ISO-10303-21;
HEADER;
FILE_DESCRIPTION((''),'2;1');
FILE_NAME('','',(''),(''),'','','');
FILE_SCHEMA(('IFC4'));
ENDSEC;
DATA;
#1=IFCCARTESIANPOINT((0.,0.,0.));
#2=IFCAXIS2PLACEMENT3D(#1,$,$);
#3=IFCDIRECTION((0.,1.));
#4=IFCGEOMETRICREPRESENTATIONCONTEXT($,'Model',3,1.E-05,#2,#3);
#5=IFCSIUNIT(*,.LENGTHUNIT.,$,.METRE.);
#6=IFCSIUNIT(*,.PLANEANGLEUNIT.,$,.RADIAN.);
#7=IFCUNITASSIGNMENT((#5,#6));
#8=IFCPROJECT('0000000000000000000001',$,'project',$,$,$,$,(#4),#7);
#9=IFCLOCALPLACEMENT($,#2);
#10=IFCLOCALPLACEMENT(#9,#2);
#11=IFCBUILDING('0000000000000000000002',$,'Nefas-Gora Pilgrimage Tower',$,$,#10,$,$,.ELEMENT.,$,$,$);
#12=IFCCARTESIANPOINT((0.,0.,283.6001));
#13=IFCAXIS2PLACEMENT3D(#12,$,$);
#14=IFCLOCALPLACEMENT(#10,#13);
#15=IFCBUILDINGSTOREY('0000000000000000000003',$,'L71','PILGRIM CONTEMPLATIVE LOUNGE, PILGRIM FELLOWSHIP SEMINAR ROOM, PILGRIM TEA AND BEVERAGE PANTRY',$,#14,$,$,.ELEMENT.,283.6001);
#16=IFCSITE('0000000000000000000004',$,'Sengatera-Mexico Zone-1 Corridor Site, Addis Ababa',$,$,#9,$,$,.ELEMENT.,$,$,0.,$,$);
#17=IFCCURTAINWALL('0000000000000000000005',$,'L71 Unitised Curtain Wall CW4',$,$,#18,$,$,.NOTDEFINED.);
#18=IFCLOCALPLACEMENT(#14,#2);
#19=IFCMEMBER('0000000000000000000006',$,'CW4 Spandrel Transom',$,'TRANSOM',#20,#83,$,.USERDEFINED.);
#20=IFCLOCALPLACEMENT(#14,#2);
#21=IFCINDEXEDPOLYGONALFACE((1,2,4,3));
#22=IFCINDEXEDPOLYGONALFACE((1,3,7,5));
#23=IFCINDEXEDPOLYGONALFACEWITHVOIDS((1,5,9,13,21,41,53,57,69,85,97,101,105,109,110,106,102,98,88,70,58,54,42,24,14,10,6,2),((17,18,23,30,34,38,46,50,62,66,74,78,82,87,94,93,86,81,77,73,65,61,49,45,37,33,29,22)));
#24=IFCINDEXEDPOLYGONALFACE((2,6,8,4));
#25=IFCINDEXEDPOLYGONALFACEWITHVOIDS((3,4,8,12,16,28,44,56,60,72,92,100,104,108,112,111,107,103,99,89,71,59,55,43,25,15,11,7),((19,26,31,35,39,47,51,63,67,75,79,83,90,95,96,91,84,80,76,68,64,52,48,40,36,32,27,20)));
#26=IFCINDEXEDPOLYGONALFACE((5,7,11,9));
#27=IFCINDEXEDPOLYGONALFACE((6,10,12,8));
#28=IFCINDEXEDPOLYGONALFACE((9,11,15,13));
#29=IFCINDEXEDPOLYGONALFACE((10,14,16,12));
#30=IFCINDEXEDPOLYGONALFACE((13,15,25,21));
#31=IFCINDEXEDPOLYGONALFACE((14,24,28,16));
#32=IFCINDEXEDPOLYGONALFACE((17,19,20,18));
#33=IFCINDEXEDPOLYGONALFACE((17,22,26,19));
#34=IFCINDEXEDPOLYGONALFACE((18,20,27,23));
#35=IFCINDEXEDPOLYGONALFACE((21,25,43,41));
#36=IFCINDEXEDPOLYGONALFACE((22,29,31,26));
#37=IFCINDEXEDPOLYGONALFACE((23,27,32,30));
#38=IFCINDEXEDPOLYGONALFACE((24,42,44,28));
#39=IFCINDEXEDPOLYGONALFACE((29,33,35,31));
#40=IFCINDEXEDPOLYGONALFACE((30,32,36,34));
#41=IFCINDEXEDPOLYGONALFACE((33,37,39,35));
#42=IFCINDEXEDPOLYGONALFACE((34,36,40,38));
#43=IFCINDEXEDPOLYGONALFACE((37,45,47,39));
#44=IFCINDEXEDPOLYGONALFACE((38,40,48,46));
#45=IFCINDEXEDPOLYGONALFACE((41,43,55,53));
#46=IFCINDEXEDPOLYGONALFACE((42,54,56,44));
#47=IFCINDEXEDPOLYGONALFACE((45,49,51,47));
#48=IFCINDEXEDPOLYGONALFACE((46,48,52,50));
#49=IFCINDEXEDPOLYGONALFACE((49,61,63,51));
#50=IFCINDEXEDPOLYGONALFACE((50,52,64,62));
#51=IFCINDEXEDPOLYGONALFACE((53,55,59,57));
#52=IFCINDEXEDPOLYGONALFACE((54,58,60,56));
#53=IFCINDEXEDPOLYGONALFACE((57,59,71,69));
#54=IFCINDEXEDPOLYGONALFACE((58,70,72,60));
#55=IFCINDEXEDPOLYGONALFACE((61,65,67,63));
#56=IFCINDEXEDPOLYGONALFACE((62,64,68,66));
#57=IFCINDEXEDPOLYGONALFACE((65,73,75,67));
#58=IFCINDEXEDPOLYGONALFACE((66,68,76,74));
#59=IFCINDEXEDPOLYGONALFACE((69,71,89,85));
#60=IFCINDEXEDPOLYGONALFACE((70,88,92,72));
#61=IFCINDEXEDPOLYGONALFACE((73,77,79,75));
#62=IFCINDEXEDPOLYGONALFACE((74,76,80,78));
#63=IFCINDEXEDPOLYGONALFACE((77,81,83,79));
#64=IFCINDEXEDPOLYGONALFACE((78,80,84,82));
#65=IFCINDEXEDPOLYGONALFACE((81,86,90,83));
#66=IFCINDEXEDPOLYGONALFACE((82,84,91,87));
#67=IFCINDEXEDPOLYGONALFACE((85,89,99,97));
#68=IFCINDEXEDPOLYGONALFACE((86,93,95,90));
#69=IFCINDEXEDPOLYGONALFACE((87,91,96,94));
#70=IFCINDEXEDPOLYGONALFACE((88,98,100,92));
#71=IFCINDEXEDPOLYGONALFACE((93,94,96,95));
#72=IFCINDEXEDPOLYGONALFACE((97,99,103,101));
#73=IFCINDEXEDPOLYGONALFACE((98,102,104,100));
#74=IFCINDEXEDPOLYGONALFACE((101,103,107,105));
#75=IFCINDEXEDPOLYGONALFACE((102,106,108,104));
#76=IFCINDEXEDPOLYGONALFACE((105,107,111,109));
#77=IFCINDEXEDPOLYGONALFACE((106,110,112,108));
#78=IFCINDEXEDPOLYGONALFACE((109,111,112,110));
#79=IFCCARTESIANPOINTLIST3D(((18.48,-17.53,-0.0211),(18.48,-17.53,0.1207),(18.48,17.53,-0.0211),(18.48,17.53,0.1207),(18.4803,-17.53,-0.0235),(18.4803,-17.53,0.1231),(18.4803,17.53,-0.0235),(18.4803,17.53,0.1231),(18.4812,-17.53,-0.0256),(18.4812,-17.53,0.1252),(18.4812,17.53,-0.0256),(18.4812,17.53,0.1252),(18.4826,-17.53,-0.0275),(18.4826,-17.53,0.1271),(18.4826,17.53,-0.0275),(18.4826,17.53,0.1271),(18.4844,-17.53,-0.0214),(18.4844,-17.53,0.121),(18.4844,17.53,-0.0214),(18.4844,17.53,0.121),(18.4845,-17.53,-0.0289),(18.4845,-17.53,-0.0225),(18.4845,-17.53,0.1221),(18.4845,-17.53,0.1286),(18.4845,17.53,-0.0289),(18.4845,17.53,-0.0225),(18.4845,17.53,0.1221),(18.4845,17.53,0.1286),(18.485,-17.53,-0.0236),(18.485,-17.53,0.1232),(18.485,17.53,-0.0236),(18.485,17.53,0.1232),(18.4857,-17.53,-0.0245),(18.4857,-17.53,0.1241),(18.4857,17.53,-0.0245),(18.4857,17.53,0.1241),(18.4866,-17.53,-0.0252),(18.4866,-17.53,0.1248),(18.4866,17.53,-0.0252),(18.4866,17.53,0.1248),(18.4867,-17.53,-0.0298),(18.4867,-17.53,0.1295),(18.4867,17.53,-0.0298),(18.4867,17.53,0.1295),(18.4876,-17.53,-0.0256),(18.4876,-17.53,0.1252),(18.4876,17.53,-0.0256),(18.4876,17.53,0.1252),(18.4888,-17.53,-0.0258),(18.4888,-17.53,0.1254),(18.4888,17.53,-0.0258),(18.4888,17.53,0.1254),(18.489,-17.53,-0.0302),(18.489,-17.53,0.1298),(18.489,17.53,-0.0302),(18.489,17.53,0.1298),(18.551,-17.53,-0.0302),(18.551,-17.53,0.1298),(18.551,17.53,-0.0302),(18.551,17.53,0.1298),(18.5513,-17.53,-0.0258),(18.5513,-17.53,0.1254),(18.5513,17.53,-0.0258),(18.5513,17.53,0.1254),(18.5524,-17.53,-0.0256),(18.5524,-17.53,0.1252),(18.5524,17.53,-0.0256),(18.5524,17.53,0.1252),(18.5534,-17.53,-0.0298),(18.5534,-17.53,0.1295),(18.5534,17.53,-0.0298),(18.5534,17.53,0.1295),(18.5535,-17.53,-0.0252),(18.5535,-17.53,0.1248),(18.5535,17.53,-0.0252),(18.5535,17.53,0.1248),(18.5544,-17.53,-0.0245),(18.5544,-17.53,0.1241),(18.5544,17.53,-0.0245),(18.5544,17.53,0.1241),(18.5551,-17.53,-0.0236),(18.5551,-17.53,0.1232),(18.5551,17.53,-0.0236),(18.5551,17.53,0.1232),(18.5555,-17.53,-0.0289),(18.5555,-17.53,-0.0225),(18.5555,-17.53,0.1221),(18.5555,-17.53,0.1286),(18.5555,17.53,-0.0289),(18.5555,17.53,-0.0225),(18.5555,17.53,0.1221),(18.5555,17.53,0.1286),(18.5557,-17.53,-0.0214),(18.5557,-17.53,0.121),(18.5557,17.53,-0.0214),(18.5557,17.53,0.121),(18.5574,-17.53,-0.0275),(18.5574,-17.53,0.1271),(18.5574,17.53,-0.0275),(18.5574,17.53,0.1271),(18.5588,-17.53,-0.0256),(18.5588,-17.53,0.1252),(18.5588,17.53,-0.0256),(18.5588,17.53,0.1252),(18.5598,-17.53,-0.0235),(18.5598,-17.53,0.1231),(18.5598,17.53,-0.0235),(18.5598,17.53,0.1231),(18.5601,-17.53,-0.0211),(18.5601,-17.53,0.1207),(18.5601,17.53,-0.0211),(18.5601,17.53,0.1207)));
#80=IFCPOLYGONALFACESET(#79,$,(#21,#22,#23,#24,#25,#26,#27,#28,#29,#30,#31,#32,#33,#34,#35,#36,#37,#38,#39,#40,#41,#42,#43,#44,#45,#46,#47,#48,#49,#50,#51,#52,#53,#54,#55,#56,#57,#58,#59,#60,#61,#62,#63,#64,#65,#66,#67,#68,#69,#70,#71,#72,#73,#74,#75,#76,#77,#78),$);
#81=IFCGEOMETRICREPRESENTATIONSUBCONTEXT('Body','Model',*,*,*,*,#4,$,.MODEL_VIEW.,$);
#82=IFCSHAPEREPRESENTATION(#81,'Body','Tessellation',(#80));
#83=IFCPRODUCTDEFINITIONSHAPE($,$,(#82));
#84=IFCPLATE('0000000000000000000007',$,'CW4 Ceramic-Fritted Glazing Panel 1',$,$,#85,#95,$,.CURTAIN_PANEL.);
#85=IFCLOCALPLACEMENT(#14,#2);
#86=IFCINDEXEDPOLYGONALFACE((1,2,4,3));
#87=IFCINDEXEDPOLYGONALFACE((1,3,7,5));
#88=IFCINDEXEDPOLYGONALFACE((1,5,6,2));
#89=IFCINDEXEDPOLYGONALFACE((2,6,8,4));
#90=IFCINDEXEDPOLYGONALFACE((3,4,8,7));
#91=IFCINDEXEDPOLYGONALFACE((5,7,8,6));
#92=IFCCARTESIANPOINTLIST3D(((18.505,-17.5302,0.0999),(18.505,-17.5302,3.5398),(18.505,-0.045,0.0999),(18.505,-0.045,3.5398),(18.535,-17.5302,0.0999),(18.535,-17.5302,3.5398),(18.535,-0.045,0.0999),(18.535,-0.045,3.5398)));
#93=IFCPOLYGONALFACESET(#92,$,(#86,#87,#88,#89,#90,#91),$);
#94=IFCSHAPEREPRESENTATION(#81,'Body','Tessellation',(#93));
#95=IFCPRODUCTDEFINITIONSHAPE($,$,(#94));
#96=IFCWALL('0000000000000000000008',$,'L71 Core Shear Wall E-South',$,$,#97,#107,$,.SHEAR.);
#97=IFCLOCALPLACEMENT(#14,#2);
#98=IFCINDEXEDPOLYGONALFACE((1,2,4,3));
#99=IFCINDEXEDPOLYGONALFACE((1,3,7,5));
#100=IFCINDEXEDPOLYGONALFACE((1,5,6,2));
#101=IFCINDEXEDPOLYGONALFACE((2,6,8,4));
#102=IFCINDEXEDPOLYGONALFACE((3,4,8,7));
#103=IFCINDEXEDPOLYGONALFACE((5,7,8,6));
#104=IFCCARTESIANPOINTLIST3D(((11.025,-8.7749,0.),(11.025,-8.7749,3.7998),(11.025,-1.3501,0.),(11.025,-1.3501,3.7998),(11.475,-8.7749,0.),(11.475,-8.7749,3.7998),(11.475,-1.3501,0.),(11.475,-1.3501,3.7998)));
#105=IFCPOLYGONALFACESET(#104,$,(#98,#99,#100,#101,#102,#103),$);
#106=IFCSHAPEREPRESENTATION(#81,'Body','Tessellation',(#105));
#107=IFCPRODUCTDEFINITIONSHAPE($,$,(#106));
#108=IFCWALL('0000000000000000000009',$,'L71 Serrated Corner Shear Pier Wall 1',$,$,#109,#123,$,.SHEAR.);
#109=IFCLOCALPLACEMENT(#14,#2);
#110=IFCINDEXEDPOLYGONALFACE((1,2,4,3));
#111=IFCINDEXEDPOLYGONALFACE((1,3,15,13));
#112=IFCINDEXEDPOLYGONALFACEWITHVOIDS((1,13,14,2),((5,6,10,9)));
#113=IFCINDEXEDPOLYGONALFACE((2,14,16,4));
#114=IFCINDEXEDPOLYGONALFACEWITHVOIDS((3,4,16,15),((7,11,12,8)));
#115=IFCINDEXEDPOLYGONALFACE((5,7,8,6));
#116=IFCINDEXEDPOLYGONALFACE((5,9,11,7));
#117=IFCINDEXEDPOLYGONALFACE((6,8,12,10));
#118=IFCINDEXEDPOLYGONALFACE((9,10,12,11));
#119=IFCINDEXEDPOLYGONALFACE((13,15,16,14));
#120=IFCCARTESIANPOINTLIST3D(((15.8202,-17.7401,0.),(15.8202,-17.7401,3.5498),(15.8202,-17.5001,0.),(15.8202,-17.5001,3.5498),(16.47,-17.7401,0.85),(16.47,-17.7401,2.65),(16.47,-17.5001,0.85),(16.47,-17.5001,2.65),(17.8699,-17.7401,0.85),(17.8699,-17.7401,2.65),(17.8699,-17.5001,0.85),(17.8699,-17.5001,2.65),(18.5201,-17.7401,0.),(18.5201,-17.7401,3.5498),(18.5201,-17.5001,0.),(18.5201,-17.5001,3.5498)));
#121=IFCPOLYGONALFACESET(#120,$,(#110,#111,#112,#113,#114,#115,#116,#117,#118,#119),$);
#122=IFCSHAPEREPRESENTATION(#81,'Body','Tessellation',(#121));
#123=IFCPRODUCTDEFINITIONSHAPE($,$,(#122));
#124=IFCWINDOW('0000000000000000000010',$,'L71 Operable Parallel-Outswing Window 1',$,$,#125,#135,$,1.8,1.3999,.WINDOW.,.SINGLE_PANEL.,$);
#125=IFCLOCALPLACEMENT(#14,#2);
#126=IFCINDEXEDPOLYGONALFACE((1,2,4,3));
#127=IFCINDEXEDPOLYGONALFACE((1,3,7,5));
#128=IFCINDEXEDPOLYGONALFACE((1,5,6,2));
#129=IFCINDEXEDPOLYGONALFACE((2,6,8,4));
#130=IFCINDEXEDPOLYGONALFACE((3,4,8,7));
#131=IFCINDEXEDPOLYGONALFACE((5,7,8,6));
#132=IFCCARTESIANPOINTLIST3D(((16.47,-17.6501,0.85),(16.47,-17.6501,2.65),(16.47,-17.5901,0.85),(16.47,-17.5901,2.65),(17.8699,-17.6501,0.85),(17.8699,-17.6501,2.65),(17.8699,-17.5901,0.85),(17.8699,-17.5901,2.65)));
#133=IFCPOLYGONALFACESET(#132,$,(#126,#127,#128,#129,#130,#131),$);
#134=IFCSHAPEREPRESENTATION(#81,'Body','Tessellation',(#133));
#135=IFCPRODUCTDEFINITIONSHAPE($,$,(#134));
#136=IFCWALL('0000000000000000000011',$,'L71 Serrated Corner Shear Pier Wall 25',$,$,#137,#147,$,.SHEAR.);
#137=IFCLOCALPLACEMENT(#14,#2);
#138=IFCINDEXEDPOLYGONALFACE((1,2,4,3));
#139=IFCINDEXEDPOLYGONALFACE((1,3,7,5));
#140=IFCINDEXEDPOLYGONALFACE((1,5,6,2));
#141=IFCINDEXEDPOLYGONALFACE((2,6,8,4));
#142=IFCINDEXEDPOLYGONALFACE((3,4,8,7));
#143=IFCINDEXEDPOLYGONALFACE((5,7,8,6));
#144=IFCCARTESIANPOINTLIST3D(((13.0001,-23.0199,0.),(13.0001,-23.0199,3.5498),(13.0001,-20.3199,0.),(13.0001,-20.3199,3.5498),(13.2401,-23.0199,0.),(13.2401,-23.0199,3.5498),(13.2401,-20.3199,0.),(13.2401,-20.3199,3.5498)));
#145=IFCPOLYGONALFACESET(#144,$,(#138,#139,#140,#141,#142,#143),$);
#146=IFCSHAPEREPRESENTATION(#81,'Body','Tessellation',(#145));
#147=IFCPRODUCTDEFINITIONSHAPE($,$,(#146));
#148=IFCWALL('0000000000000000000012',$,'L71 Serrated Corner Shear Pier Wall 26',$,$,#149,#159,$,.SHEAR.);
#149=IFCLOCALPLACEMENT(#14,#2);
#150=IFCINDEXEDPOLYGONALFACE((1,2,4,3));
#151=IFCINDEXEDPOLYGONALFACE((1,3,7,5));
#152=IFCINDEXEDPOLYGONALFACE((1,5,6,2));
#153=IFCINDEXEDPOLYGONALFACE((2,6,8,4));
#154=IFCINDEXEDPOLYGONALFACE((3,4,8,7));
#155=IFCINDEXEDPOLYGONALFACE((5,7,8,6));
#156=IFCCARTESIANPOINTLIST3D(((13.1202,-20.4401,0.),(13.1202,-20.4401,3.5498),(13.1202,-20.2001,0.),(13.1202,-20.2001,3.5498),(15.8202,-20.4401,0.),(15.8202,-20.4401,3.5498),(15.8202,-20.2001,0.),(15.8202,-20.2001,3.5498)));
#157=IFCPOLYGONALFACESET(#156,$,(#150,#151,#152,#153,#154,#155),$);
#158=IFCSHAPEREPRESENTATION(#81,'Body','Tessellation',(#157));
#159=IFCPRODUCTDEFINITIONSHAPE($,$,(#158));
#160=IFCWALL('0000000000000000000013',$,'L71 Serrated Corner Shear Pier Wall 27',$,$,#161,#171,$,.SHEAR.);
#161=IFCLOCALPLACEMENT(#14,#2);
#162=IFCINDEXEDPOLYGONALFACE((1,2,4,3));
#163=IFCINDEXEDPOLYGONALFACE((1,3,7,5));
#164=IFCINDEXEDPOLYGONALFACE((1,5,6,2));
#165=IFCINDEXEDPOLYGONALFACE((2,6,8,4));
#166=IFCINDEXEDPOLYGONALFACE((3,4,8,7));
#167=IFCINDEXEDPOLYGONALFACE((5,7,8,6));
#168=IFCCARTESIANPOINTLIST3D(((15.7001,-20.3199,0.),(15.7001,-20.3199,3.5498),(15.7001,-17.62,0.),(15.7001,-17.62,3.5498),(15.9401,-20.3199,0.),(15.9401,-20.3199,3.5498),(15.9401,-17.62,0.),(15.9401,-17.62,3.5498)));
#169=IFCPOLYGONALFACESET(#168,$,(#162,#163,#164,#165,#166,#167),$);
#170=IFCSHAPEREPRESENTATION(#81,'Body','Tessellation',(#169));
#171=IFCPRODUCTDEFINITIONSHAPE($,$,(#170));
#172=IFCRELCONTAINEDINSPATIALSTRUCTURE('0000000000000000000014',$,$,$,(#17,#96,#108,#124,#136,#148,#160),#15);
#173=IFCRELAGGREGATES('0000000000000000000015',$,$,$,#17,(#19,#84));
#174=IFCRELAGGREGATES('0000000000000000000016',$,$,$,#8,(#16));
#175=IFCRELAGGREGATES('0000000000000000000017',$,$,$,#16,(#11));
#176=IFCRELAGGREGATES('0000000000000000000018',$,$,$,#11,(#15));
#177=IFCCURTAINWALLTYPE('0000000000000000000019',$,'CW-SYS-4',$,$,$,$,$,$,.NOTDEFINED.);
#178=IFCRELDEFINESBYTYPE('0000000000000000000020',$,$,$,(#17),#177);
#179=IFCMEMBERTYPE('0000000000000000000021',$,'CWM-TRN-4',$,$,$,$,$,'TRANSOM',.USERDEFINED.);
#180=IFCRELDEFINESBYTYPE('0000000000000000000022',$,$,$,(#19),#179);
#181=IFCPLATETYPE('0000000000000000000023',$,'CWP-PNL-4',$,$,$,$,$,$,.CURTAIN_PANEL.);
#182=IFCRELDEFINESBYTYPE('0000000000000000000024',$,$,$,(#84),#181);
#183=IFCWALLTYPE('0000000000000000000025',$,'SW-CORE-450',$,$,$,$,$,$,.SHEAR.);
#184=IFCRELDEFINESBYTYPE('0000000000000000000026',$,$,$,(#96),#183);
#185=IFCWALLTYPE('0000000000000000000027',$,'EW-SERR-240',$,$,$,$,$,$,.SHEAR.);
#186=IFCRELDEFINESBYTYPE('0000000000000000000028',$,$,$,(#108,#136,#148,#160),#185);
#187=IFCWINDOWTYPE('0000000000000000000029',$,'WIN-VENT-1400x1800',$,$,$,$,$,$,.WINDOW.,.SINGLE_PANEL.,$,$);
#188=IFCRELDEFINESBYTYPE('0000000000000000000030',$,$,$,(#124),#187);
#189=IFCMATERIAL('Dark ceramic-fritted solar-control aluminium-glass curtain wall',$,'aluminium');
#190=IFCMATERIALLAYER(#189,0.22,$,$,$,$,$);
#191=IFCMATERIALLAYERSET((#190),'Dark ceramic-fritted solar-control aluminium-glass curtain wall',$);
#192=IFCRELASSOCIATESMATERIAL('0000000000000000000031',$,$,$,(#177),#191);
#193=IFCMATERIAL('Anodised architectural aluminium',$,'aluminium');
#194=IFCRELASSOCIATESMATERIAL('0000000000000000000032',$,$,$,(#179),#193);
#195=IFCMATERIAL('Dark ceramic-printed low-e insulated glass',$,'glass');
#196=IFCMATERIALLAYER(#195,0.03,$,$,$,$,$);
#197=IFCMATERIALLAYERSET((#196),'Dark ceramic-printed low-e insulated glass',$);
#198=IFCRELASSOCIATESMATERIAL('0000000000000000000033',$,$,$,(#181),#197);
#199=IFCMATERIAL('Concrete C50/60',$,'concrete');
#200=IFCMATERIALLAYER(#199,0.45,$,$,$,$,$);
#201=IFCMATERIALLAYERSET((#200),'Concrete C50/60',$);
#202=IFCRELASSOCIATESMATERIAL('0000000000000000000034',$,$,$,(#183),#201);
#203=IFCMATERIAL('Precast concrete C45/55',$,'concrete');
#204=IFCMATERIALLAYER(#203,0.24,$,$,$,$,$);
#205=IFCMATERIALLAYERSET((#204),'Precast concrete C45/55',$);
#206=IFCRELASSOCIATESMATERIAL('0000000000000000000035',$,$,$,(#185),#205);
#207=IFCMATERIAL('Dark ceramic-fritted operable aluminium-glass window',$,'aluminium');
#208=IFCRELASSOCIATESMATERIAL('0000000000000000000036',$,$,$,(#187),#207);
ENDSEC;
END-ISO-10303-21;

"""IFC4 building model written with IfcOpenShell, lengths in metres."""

from ifc_helpers import new_model, si_unit, direction, frame, frame_2d, origin, origin_2d, place, context, subcontext, project, spatial, rectangle, hollow_rectangle, extrude, source, transform, mapped, material, layer, layer_set, material_profile, profile_set, type_object, element, fill, aggregate, save


model = new_model("IFC4")

# Units and contexts
model_context = context("Model", 3, precision=1e-05, world=origin(), true_north=direction((0.0, 1.0)))
body_context = subcontext(model_context, "Body", "Model", "MODEL_VIEW")
ifc_project = project(units=[si_unit("LENGTHUNIT", "METRE"), si_unit("PLANEANGLEUNIT", "RADIAN")], contexts=[model_context])

# Site, building, storey
site_placement = place(None, origin())
site = spatial("IfcSite", under=ifc_project, at=site_placement, Name="Sengatera-Mexico Zone-1 Corridor Site, Addis Ababa", CompositionType="ELEMENT", RefElevation=0.0)
building_placement = place(site_placement, origin())
building = spatial("IfcBuilding", under=site, at=building_placement, Name="Nefas-Gora Pilgrimage Tower", CompositionType="ELEMENT")
storey_placement = place(building_placement, frame((0.0, 0.0, 283.6001)))
storey = spatial("IfcBuildingStorey", under=building, at=storey_placement, Name="L71", Description="PILGRIM CONTEMPLATIVE LOUNGE, PILGRIM FELLOWSHIP SEMINAR ROOM, PILGRIM TEA AND BEVERAGE PANTRY", CompositionType="ELEMENT", Elevation=283.6001)

# Curtain wall
ifc_material_1 = material(Name="Dark ceramic-fritted solar-control aluminium-glass curtain wall", Category="aluminium")
ifc_layer_1 = layer(ifc_material_1, 0.22)
ifc_layer_set_1 = layer_set([ifc_layer_1], Name="Dark ceramic-fritted solar-control aluminium-glass curtain wall")
curtain_wall_type = type_object("IfcCurtainWallType", Name="CW-SYS-4", PredefinedType="NOTDEFINED", material=ifc_layer_set_1)
curtain_wall_1_placement = place(storey_placement, origin())
curtain_wall_1 = element("IfcCurtainWall", 1, at=curtain_wall_1_placement, inside=storey, type_object=curtain_wall_type, Name="L71 Unitised Curtain Wall CW4", PredefinedType="NOTDEFINED")
ifc_material_2 = material(Name="Anodised architectural aluminium", Category="aluminium")

# Member
ifc_material_profile_1 = material_profile(ifc_material_2, hollow_rectangle(XDim=0.0801, YDim=0.1599, WallThickness=0.0044, InnerFilletRadius=0.0044, OuterFilletRadius=0.009, at=origin_2d()), Name="ALU TRANSOM 80x160")
ifc_profile_set_1 = profile_set([ifc_material_profile_1], Name="Anodised architectural aluminium")
member_type_1 = type_object("IfcMemberType", Name="CWM-TRN-4", ElementType="TRANSOM", PredefinedType="USERDEFINED", material=ifc_profile_set_1)
shared_shape_1 = source(origin(), body_context, "Body", "SweptSolid", [
    extrude(hollow_rectangle(XDim=0.0801, YDim=0.1599, WallThickness=0.0044, InnerFilletRadius=0.0044, OuterFilletRadius=0.009, at=origin_2d()), origin(), (0.0, 0.0, 1.0), 35.0601),
])
member_1_placement = place(storey_placement, frame((18.52, -17.53, 0.0498), z_axis=(0.0, 1.0, 0.0), x_axis=(-1.0, 0.0, 0.0)))
member_1 = element("IfcMember", 2, at=member_1_placement, type_object=member_type_1, Name="CW4 Spandrel Transom", ObjectType="TRANSOM", PredefinedType="USERDEFINED", context=body_context, shape_type="MappedRepresentation", body=[
    mapped(shared_shape_1, transform((0.0, 0.0, 0.0), x_axis=(1.0, 0.0, 0.0), y_axis=(0.0, 1.0, 0.0), z_axis=(0.0, 0.0, 1.0), scale=1.0)),
])

# Plate
ifc_material_3 = material(Name="Dark ceramic-printed low-e insulated glass", Category="glass")
ifc_layer_2 = layer(ifc_material_3, 0.03)
ifc_layer_set_2 = layer_set([ifc_layer_2], Name="Dark ceramic-printed low-e insulated glass")
plate_type = type_object("IfcPlateType", Name="CWP-PNL-4", PredefinedType="CURTAIN_PANEL", material=ifc_layer_set_2)
shared_shape_2 = source(origin(), body_context, "Body", "SweptSolid", [
    extrude(rectangle(XDim=17.4851, YDim=0.03, at=origin_2d()), origin(), (0.0, 0.0, 1.0), 3.4399),
])
plate_placement = place(storey_placement, frame((18.52, -8.7876, 0.0999), z_axis=(0.0, 0.0, 1.0), x_axis=(0.0, 1.0, 0.0)))
plate = element("IfcPlate", 3, at=plate_placement, type_object=plate_type, Name="CW4 Ceramic-Fritted Glazing Panel 1", PredefinedType="CURTAIN_PANEL", context=body_context, shape_type="MappedRepresentation", body=[
    mapped(shared_shape_2, transform((0.0, 0.0, 0.0), x_axis=(1.0, 0.0, 0.0), y_axis=(0.0, 1.0, 0.0), z_axis=(0.0, 0.0, 1.0), scale=1.0)),
])
aggregate(curtain_wall_1, [member_1, plate])

# Wall
ifc_material_4 = material(Name="Concrete C50/60", Category="concrete")
ifc_layer_3 = layer(ifc_material_4, 0.45)
ifc_layer_set_3 = layer_set([ifc_layer_3], Name="Concrete C50/60")
wall_type_1 = type_object("IfcWallType", Name="SW-CORE-450", PredefinedType="SHEAR", material=ifc_layer_set_3)
shared_shape_3 = source(origin(), body_context, "Body", "SweptSolid", [
    extrude(rectangle(XDim=7.4248, YDim=0.45, at=frame_2d((3.7124, 0.0))), origin(), (0.0, 0.0, 1.0), 3.7998),
])
wall_1_placement = place(storey_placement, frame((11.25, -8.7749, 0.0), z_axis=(0.0, 0.0, 1.0), x_axis=(0.0, 1.0, 0.0)))
element("IfcWall", 4, at=wall_1_placement, inside=storey, type_object=wall_type_1, Name="L71 Core Shear Wall E-South", PredefinedType="SHEAR", context=body_context, shape_type="MappedRepresentation", body=[
    mapped(shared_shape_3, transform((0.0, 0.0, 0.0), x_axis=(1.0, 0.0, 0.0), y_axis=(0.0, 1.0, 0.0), z_axis=(0.0, 0.0, 1.0), scale=1.0)),
])

# Wall, opening, window
ifc_material_5 = material(Name="Precast concrete C45/55", Category="concrete")
ifc_layer_4 = layer(ifc_material_5, 0.24)
ifc_layer_set_4 = layer_set([ifc_layer_4], Name="Precast concrete C45/55")
wall_type_2 = type_object("IfcWallType", Name="EW-SERR-240", PredefinedType="SHEAR", material=ifc_layer_set_4)
shared_shape_4 = source(origin(), body_context, "Body", "SweptSolid", [
    extrude(rectangle(XDim=2.7, YDim=0.24, at=frame_2d((1.3501, 0.0))), origin(), (0.0, 0.0, 1.0), 3.5498),
])
wall_2_placement = place(storey_placement, frame((15.8201, -17.6201, 0.0), z_axis=(0.0, 0.0, 1.0), x_axis=(1.0, 0.0, 0.0)))
wall_2 = element("IfcWall", 5, at=wall_2_placement, inside=storey, type_object=wall_type_2, Name="L71 Serrated Corner Shear Pier Wall 1", PredefinedType="SHEAR", context=body_context, shape_type="MappedRepresentation", body=[
    mapped(shared_shape_4, transform((0.0, 0.0, 0.0), x_axis=(1.0, 0.0, 0.0), y_axis=(0.0, 1.0, 0.0), z_axis=(0.0, 0.0, 1.0), scale=1.0)),
])
opening_1_placement = place(wall_2_placement, frame((0.6499, 0.0, 0.8501)))
opening_1 = element("IfcOpeningElement", 6, at=opening_1_placement, cuts=wall_2, PredefinedType="OPENING", context=body_context, shape_type="SweptSolid", body=[
    extrude(rectangle(XDim=1.3999, YDim=1.8, at=frame_2d((0.7, 0.8999))), frame((0.0, 0.1299, 0.0), z_axis=(0.0, -1.0, 0.0), x_axis=(1.0, 0.0, 0.0)), (0.0, 0.0, 1.0), 0.26),
])
ifc_material_6 = material(Name="Dark ceramic-fritted operable aluminium-glass window", Category="aluminium")
window_type = type_object("IfcWindowType", Name="WIN-VENT-1400x1800", PartitioningType="SINGLE_PANEL", PredefinedType="WINDOW", material=ifc_material_6)
shared_shape_5 = source(origin(), body_context, "Body", "SweptSolid", [
    extrude(rectangle(XDim=1.3999, YDim=1.8, at=frame_2d((0.7, 0.8999))), frame((0.0, 0.03, 0.0), z_axis=(0.0, -1.0, 0.0), x_axis=(1.0, 0.0, 0.0)), (0.0, 0.0, 1.0), 0.0601),
])
window_placement = place(opening_1_placement, origin())
window = element("IfcWindow", 7, at=window_placement, inside=storey, type_object=window_type, Name="L71 Operable Parallel-Outswing Window 1", OverallHeight=1.8, OverallWidth=1.3999, PartitioningType="SINGLE_PANEL", PredefinedType="WINDOW", context=body_context, shape_type="MappedRepresentation", body=[
    mapped(shared_shape_5, transform((0.0, 0.0, 0.0), x_axis=(1.0, 0.0, 0.0), y_axis=(0.0, 1.0, 0.0), z_axis=(0.0, 0.0, 1.0), scale=1.0)),
])
fill(opening_1, window)

# Walls
for number, where, z_axis, x_axis, name in (
    (8, (13.1201, -23.02, 0.0), (0.0, 0.0, 1.0), (0.0, 1.0, 0.0), "L71 Serrated Corner Shear Pier Wall 25"),
    (9, (13.1201, -20.3201, 0.0), (0.0, 0.0, 1.0), (1.0, 0.0, 0.0), "L71 Serrated Corner Shear Pier Wall 26"),
    (10, (15.8201, -20.3201, 0.0), (0.0, 0.0, 1.0), (0.0, 1.0, 0.0), "L71 Serrated Corner Shear Pier Wall 27"),
):
    element("IfcWall", number, at=place(storey_placement, frame(where, z_axis=z_axis, x_axis=x_axis)), inside=storey, type_object=wall_type_2, Name=name, PredefinedType="SHEAR", context=body_context, shape_type="MappedRepresentation", body=[
        mapped(shared_shape_4, transform((0.0, 0.0, 0.0), x_axis=(1.0, 0.0, 0.0), y_axis=(0.0, 1.0, 0.0), z_axis=(0.0, 0.0, 1.0), scale=1.0)),
    ])

save(model, "model.ifc")
